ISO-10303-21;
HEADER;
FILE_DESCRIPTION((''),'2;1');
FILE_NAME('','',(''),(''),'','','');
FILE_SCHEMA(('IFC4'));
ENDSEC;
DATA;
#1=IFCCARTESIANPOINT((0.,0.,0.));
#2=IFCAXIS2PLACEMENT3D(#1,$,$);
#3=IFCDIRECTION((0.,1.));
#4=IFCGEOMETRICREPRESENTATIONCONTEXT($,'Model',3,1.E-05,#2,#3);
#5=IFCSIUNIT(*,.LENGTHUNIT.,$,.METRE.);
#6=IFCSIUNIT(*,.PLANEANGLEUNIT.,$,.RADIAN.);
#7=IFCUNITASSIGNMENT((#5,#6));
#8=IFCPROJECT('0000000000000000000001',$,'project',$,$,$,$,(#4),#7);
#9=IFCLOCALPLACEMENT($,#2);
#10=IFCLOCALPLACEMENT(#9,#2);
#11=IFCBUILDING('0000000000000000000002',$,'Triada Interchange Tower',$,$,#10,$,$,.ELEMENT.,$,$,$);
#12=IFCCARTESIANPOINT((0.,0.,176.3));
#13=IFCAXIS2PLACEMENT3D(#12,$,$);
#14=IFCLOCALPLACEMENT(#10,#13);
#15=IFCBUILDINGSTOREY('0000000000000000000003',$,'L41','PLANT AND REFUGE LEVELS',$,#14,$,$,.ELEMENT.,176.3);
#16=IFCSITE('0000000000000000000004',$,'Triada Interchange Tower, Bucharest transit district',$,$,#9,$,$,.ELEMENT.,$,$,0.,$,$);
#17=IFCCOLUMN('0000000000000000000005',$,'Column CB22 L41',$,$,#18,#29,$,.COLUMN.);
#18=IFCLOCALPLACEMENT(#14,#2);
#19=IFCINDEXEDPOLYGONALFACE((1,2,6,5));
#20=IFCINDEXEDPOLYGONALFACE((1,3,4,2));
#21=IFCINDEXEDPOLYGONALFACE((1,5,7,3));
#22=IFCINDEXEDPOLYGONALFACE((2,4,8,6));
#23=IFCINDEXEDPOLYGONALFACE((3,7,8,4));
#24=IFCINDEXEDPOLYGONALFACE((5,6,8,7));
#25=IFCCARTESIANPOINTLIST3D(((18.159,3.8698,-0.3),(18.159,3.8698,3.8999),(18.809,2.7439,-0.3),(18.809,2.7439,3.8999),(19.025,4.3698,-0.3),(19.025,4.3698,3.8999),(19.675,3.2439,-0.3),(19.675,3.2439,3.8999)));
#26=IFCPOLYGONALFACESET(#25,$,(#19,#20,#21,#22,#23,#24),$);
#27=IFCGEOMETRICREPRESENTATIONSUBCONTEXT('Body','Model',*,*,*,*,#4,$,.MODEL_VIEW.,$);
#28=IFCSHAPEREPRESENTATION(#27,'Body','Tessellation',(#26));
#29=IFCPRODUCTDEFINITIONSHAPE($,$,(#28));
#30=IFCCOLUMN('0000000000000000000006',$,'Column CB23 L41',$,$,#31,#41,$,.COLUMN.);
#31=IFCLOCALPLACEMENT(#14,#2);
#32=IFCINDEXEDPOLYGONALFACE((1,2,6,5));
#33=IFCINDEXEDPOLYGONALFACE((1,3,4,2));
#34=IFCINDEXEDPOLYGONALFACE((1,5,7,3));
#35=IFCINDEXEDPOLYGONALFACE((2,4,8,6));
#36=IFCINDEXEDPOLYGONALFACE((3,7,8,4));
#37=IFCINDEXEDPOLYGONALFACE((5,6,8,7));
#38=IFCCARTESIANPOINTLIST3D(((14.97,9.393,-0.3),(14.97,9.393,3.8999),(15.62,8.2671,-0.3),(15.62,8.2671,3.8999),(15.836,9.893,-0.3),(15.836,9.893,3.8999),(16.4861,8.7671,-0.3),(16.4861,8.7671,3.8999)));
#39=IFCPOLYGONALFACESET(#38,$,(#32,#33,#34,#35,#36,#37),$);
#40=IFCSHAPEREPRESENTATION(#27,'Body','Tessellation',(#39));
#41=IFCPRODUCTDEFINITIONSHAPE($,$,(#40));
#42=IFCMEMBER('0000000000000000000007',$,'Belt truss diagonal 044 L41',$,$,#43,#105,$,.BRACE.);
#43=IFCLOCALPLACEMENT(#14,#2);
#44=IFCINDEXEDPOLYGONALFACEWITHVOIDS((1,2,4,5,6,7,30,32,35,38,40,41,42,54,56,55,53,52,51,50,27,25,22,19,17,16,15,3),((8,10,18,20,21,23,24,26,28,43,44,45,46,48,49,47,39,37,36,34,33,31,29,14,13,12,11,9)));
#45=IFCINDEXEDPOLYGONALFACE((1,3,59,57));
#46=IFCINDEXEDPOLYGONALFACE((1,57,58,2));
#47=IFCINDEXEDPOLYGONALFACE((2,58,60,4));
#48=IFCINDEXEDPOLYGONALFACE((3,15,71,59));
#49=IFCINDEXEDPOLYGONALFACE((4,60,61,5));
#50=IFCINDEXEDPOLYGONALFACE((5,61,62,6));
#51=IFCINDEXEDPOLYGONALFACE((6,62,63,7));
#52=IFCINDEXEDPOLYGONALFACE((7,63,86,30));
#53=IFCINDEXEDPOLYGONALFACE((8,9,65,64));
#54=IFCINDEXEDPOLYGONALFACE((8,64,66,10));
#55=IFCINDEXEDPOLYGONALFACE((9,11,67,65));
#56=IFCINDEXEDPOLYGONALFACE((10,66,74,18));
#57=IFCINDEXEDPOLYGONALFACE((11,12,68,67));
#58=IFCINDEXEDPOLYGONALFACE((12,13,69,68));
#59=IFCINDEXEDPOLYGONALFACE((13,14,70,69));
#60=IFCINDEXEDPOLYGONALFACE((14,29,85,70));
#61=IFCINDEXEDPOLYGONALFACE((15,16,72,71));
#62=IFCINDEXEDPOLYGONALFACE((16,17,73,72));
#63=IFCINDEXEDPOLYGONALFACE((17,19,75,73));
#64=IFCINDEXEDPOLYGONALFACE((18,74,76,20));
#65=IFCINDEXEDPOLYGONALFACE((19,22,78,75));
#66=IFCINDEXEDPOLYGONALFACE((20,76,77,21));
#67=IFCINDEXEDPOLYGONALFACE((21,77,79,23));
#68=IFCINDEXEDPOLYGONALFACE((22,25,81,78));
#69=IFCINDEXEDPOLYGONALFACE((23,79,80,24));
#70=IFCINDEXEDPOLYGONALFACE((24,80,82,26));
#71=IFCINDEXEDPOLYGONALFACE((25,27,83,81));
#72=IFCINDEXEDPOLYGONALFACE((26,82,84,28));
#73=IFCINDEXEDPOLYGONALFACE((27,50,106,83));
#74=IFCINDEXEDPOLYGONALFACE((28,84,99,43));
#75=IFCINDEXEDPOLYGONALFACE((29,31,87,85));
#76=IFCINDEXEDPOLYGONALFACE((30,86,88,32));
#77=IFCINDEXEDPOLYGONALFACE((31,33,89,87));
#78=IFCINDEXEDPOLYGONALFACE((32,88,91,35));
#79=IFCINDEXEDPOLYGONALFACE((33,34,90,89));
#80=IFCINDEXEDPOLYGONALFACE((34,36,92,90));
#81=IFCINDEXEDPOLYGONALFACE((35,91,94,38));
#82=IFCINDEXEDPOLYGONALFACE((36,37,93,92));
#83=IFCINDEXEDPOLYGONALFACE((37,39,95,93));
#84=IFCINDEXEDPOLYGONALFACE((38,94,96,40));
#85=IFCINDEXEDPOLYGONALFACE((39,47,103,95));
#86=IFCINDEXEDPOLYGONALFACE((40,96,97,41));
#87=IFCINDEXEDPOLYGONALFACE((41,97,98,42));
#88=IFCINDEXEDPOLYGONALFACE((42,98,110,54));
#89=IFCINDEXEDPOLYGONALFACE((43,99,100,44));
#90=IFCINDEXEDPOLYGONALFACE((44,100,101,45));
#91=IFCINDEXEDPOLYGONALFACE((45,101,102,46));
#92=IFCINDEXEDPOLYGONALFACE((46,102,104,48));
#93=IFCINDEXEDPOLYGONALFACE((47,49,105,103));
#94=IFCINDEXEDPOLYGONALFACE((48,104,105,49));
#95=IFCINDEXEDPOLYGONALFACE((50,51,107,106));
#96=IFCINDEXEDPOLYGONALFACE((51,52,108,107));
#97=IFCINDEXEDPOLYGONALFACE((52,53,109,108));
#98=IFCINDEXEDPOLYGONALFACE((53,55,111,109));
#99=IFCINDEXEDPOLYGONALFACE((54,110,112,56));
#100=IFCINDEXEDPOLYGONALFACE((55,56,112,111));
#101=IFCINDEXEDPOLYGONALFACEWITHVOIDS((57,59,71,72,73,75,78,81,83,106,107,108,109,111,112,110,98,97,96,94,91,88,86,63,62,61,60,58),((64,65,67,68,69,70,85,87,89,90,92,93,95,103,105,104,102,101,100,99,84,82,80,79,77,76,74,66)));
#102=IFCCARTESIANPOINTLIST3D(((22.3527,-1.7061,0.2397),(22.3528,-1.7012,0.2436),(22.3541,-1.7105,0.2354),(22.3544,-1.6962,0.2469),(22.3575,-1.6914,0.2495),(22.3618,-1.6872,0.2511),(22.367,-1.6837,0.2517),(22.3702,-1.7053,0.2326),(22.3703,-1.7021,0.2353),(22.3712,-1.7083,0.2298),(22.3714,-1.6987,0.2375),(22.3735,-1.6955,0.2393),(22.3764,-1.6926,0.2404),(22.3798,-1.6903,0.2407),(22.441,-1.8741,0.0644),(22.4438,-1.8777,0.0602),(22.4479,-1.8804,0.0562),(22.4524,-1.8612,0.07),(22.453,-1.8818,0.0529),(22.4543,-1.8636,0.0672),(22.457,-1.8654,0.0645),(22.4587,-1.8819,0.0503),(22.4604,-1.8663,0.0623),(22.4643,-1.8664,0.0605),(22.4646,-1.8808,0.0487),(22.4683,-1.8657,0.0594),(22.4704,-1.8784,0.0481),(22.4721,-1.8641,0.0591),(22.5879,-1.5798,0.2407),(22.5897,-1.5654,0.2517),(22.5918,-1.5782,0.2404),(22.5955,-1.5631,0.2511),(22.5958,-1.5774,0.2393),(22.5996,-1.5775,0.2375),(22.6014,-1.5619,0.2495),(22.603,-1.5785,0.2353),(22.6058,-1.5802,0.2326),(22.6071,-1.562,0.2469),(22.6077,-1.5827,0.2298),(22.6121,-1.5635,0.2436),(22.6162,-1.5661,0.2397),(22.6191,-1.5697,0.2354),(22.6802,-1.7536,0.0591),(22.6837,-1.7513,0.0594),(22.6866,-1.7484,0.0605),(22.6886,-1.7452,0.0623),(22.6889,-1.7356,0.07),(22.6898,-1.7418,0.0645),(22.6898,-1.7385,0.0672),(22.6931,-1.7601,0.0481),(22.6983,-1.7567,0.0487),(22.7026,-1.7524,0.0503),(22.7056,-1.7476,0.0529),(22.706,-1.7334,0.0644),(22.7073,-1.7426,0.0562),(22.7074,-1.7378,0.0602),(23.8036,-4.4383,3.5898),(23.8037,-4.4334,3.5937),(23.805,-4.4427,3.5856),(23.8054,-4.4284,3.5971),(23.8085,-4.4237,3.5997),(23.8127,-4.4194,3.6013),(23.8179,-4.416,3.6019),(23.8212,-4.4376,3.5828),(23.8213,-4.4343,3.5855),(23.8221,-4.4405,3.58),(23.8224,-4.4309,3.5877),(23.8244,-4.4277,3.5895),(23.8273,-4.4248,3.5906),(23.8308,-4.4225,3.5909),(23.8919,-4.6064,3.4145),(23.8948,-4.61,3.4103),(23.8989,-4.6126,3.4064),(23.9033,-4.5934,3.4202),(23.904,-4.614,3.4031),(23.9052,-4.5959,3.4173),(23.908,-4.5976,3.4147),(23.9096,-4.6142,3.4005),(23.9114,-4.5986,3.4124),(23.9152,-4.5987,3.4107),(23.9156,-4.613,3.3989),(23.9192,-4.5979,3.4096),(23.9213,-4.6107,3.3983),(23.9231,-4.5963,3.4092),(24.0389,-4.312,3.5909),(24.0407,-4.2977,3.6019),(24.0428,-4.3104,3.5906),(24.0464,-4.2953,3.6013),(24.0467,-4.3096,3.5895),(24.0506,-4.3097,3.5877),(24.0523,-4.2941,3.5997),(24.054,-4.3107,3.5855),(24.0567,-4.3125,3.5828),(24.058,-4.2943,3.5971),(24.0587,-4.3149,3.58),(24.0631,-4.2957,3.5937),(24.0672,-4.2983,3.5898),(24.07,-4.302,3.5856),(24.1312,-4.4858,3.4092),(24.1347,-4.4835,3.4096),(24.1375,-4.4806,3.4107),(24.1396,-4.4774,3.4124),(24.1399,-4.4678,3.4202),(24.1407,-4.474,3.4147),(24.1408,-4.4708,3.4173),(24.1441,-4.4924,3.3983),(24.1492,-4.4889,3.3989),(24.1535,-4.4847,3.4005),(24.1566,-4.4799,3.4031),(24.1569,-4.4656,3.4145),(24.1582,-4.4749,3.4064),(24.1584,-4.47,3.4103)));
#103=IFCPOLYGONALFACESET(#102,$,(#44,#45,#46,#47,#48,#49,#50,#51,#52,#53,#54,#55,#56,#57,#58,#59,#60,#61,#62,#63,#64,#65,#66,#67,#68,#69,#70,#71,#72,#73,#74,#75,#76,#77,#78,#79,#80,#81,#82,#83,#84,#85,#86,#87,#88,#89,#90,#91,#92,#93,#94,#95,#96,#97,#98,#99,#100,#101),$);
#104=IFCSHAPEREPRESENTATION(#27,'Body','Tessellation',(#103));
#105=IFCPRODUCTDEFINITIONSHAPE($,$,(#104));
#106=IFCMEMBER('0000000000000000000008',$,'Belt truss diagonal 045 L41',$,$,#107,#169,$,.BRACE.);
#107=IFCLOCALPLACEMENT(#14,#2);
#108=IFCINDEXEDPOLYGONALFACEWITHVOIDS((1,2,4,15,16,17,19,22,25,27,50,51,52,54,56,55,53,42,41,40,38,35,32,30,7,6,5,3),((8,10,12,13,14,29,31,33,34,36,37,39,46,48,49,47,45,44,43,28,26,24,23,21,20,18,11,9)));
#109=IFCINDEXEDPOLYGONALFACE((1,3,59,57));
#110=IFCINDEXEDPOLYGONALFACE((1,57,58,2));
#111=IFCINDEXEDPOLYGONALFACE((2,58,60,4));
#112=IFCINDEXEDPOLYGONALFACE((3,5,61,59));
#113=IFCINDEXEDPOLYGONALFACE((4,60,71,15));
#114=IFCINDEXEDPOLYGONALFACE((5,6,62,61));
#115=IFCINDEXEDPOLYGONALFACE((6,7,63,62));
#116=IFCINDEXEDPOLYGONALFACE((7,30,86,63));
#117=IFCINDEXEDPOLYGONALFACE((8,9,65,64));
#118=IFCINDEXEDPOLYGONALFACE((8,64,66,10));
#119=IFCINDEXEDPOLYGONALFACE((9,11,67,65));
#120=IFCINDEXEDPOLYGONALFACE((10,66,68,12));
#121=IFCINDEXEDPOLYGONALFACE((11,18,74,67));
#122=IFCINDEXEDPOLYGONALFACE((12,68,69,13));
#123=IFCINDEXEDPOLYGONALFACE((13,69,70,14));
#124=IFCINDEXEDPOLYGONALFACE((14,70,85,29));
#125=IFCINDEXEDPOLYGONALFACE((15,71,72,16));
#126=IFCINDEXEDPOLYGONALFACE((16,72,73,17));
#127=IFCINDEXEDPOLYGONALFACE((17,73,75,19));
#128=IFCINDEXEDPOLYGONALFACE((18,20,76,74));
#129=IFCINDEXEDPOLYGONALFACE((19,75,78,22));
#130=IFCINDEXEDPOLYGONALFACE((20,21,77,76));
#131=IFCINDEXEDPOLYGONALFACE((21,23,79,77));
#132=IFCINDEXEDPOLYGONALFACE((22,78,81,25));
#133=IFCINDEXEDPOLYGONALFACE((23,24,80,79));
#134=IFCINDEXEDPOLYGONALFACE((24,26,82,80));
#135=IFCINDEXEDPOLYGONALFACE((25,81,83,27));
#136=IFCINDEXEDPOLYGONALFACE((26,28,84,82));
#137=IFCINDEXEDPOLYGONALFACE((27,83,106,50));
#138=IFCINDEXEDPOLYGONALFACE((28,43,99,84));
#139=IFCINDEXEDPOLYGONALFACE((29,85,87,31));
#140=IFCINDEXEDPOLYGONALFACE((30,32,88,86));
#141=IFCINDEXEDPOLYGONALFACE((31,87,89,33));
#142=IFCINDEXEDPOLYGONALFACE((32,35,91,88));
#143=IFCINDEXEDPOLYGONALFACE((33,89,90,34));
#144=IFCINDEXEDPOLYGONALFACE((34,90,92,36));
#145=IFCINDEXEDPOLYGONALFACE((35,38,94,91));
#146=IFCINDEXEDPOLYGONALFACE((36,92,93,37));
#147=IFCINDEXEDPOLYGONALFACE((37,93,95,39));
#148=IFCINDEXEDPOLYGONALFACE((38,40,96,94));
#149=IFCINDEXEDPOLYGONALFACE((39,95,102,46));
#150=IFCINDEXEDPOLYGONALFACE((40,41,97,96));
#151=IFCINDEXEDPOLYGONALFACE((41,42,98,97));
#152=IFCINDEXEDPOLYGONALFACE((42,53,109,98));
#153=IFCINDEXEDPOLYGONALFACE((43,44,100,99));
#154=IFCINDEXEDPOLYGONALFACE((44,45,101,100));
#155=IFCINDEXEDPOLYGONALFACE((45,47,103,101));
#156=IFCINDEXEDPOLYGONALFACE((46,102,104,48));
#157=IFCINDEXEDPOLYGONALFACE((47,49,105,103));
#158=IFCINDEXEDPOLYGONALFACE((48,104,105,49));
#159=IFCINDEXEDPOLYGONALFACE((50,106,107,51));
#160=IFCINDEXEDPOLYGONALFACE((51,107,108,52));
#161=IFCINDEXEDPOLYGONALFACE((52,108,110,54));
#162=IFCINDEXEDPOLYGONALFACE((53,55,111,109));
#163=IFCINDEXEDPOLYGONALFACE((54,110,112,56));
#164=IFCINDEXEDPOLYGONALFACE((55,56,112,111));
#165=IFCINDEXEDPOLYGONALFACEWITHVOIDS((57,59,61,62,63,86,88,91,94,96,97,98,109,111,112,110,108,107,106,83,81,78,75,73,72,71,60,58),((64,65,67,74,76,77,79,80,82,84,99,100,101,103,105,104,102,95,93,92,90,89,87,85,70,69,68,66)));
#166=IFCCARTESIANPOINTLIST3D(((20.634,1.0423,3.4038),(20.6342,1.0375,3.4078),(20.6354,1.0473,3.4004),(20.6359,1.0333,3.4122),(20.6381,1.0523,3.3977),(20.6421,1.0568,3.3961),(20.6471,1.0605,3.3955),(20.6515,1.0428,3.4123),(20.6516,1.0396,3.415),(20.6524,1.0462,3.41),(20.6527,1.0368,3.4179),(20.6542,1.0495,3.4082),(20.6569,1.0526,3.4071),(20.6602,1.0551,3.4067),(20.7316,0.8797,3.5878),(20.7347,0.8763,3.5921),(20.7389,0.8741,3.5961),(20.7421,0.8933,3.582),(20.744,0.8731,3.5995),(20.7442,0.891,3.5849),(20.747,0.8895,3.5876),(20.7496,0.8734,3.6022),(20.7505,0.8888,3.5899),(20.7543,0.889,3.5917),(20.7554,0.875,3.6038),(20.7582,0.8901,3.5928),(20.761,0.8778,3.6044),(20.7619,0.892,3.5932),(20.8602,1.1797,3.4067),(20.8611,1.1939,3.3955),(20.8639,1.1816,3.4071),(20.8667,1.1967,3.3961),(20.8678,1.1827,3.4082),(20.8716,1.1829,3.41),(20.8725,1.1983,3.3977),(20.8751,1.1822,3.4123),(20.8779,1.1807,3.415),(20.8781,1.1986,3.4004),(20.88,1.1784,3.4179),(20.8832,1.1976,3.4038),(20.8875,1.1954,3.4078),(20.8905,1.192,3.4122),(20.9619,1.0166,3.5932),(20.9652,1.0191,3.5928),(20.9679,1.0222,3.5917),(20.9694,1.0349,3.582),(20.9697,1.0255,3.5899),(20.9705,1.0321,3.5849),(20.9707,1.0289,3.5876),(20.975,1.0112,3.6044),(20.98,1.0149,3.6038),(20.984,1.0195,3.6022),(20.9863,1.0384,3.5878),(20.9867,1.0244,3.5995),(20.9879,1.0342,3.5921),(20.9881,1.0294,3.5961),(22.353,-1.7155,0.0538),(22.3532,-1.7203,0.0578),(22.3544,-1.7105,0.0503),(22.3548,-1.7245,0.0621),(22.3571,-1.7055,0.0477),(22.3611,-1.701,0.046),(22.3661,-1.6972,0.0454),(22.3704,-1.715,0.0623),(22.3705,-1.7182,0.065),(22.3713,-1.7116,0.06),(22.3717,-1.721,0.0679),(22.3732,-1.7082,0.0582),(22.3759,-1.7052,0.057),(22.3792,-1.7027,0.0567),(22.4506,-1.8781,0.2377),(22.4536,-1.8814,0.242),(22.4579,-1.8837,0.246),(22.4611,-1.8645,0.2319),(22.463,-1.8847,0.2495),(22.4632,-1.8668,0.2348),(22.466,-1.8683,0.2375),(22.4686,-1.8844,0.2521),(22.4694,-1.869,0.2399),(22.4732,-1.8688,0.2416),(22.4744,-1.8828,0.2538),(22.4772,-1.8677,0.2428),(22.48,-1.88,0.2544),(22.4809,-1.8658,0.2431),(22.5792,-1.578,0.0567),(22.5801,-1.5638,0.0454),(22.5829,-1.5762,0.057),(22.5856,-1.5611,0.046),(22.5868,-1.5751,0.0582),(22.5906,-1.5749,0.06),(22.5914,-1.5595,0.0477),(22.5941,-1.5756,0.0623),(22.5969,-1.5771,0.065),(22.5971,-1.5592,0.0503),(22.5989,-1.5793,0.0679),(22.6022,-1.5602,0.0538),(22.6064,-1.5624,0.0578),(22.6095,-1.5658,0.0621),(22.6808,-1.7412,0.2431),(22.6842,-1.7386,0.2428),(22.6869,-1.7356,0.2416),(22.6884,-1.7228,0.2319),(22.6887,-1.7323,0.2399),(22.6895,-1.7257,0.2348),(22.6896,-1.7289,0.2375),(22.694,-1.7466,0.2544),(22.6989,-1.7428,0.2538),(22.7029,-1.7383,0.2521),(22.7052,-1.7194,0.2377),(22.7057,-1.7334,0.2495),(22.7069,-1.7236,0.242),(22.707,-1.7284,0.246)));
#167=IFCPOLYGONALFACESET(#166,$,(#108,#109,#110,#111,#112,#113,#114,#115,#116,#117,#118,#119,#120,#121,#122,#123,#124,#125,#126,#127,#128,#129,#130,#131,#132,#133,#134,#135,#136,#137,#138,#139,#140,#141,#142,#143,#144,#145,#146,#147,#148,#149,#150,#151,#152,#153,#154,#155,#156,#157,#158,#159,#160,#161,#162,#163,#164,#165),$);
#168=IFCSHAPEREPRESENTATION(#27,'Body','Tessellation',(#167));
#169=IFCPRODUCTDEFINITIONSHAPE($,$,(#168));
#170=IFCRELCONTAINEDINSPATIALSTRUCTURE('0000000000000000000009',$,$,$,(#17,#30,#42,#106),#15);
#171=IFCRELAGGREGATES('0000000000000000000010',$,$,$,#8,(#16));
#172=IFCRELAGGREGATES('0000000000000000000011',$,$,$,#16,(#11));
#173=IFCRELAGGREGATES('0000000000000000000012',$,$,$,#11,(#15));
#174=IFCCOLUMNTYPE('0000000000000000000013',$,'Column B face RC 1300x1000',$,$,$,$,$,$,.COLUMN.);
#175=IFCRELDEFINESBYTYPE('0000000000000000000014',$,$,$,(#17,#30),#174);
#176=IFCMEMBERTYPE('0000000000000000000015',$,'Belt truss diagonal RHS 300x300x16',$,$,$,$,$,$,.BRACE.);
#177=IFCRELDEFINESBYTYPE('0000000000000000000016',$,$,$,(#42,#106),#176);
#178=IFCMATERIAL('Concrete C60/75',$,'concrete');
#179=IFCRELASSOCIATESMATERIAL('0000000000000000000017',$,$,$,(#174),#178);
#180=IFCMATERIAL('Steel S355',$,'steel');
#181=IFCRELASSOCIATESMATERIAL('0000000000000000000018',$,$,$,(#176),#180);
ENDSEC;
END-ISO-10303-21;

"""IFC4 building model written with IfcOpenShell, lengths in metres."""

from ifc_helpers import new_model, si_unit, direction, frame, origin, origin_2d, place, context, subcontext, project, spatial, rectangle, hollow_rectangle, extrude, material, material_profile, profile_set, type_object, element, save


model = new_model("IFC4")

# Units and contexts
model_context = context("Model", 3, precision=1e-05, world=origin(), true_north=direction((0.0, 1.0)))
body_context = subcontext(model_context, "Body", "Model", "MODEL_VIEW")
ifc_project = project(units=[si_unit("LENGTHUNIT", "METRE"), si_unit("PLANEANGLEUNIT", "RADIAN")], contexts=[model_context])

# Site, building, storey
site_placement = place(None, origin())
site = spatial("IfcSite", under=ifc_project, at=site_placement, Name="Triada Interchange Tower, Bucharest transit district", CompositionType="ELEMENT", RefElevation=0.0)
building_placement = place(site_placement, origin())
building = spatial("IfcBuilding", under=site, at=building_placement, Name="Triada Interchange Tower", CompositionType="ELEMENT")
storey_placement = place(building_placement, frame((0.0, 0.0, 176.3)))
storey = spatial("IfcBuildingStorey", under=building, at=storey_placement, Name="L41", Description="PLANT AND REFUGE LEVELS", CompositionType="ELEMENT", Elevation=176.3)

# Columns
ifc_material_1 = material(Name="Concrete C60/75", Category="concrete")
ifc_material_profile_1 = material_profile(ifc_material_1, rectangle(XDim=1.3, YDim=1.0, at=origin_2d()), Name="RC 1300x1000")
ifc_profile_set_1 = profile_set([ifc_material_profile_1], Name="Concrete C60/75")
column_type = type_object("IfcColumnType", Name="Column B face RC 1300x1000", PredefinedType="COLUMN", material=ifc_profile_set_1)
for number, where, z_axis, x_axis, name in (
    (1, (18.917, 3.5569, -0.3), (0.0, 0.0, 1.0), (-0.5, 0.866025, 0.0), "Column CB22 L41"),
    (2, (15.728, 9.0801, -0.3), (0.0, 0.0, 1.0), (-0.5, 0.866025, 0.0), "Column CB23 L41"),
):
    element("IfcColumn", number, at=place(storey_placement, frame(where, z_axis=z_axis, x_axis=x_axis)), inside=storey, type_object=column_type, Name=name, PredefinedType="COLUMN", context=body_context, shape_type="SweptSolid", body=[
        extrude(rectangle(XDim=1.3, YDim=1.0, at=origin_2d()), origin(), (0.0, 0.0, 1.0), 4.2),
    ])

# Members
ifc_material_2 = material(Name="Steel S355", Category="steel")
ifc_material_profile_2 = material_profile(ifc_material_2, hollow_rectangle(XDim=0.3, YDim=0.3, WallThickness=0.0161, InnerFilletRadius=0.0161, OuterFilletRadius=0.0239, at=origin_2d()), Name="RHS 300x300x16")
ifc_profile_set_2 = profile_set([ifc_material_profile_2], Name="Steel S355")
member_type = type_object("IfcMemberType", Name="Belt truss diagonal RHS 300x300x16", PredefinedType="BRACE", material=ifc_profile_set_2)
member_1_placement = place(storey_placement, frame((22.53, -1.7219, 0.1499), z_axis=(0.318189, -0.599168, 0.734679), x_axis=(0.883188, 0.469019, 0.0)))
element("IfcMember", 3, at=member_1_placement, inside=storey, type_object=member_type, Name="Belt truss diagonal 044 L41", PredefinedType="BRACE", context=body_context, shape_type="SweptSolid", body=[
    extrude(hollow_rectangle(XDim=0.3, YDim=0.3, WallThickness=0.0161, InnerFilletRadius=0.0161, OuterFilletRadius=0.0239, at=origin_2d()), origin(), (0.0, 0.0, 1.0), 4.5601),
])
member_2_placement = place(storey_placement, frame((22.53, -1.7219, 0.1499), z_axis=(-0.368306, 0.590881, 0.717782), x_axis=(-0.848639, -0.528972, 0.0)))
element("IfcMember", 4, at=member_2_placement, inside=storey, type_object=member_type, Name="Belt truss diagonal 045 L41", PredefinedType="BRACE", context=body_context, shape_type="SweptSolid", body=[
    extrude(hollow_rectangle(XDim=0.3, YDim=0.3, WallThickness=0.0161, InnerFilletRadius=0.0161, OuterFilletRadius=0.0239, at=origin_2d()), origin(), (0.0, 0.0, 1.0), 4.6672),
])

save(model, "model.ifc")
